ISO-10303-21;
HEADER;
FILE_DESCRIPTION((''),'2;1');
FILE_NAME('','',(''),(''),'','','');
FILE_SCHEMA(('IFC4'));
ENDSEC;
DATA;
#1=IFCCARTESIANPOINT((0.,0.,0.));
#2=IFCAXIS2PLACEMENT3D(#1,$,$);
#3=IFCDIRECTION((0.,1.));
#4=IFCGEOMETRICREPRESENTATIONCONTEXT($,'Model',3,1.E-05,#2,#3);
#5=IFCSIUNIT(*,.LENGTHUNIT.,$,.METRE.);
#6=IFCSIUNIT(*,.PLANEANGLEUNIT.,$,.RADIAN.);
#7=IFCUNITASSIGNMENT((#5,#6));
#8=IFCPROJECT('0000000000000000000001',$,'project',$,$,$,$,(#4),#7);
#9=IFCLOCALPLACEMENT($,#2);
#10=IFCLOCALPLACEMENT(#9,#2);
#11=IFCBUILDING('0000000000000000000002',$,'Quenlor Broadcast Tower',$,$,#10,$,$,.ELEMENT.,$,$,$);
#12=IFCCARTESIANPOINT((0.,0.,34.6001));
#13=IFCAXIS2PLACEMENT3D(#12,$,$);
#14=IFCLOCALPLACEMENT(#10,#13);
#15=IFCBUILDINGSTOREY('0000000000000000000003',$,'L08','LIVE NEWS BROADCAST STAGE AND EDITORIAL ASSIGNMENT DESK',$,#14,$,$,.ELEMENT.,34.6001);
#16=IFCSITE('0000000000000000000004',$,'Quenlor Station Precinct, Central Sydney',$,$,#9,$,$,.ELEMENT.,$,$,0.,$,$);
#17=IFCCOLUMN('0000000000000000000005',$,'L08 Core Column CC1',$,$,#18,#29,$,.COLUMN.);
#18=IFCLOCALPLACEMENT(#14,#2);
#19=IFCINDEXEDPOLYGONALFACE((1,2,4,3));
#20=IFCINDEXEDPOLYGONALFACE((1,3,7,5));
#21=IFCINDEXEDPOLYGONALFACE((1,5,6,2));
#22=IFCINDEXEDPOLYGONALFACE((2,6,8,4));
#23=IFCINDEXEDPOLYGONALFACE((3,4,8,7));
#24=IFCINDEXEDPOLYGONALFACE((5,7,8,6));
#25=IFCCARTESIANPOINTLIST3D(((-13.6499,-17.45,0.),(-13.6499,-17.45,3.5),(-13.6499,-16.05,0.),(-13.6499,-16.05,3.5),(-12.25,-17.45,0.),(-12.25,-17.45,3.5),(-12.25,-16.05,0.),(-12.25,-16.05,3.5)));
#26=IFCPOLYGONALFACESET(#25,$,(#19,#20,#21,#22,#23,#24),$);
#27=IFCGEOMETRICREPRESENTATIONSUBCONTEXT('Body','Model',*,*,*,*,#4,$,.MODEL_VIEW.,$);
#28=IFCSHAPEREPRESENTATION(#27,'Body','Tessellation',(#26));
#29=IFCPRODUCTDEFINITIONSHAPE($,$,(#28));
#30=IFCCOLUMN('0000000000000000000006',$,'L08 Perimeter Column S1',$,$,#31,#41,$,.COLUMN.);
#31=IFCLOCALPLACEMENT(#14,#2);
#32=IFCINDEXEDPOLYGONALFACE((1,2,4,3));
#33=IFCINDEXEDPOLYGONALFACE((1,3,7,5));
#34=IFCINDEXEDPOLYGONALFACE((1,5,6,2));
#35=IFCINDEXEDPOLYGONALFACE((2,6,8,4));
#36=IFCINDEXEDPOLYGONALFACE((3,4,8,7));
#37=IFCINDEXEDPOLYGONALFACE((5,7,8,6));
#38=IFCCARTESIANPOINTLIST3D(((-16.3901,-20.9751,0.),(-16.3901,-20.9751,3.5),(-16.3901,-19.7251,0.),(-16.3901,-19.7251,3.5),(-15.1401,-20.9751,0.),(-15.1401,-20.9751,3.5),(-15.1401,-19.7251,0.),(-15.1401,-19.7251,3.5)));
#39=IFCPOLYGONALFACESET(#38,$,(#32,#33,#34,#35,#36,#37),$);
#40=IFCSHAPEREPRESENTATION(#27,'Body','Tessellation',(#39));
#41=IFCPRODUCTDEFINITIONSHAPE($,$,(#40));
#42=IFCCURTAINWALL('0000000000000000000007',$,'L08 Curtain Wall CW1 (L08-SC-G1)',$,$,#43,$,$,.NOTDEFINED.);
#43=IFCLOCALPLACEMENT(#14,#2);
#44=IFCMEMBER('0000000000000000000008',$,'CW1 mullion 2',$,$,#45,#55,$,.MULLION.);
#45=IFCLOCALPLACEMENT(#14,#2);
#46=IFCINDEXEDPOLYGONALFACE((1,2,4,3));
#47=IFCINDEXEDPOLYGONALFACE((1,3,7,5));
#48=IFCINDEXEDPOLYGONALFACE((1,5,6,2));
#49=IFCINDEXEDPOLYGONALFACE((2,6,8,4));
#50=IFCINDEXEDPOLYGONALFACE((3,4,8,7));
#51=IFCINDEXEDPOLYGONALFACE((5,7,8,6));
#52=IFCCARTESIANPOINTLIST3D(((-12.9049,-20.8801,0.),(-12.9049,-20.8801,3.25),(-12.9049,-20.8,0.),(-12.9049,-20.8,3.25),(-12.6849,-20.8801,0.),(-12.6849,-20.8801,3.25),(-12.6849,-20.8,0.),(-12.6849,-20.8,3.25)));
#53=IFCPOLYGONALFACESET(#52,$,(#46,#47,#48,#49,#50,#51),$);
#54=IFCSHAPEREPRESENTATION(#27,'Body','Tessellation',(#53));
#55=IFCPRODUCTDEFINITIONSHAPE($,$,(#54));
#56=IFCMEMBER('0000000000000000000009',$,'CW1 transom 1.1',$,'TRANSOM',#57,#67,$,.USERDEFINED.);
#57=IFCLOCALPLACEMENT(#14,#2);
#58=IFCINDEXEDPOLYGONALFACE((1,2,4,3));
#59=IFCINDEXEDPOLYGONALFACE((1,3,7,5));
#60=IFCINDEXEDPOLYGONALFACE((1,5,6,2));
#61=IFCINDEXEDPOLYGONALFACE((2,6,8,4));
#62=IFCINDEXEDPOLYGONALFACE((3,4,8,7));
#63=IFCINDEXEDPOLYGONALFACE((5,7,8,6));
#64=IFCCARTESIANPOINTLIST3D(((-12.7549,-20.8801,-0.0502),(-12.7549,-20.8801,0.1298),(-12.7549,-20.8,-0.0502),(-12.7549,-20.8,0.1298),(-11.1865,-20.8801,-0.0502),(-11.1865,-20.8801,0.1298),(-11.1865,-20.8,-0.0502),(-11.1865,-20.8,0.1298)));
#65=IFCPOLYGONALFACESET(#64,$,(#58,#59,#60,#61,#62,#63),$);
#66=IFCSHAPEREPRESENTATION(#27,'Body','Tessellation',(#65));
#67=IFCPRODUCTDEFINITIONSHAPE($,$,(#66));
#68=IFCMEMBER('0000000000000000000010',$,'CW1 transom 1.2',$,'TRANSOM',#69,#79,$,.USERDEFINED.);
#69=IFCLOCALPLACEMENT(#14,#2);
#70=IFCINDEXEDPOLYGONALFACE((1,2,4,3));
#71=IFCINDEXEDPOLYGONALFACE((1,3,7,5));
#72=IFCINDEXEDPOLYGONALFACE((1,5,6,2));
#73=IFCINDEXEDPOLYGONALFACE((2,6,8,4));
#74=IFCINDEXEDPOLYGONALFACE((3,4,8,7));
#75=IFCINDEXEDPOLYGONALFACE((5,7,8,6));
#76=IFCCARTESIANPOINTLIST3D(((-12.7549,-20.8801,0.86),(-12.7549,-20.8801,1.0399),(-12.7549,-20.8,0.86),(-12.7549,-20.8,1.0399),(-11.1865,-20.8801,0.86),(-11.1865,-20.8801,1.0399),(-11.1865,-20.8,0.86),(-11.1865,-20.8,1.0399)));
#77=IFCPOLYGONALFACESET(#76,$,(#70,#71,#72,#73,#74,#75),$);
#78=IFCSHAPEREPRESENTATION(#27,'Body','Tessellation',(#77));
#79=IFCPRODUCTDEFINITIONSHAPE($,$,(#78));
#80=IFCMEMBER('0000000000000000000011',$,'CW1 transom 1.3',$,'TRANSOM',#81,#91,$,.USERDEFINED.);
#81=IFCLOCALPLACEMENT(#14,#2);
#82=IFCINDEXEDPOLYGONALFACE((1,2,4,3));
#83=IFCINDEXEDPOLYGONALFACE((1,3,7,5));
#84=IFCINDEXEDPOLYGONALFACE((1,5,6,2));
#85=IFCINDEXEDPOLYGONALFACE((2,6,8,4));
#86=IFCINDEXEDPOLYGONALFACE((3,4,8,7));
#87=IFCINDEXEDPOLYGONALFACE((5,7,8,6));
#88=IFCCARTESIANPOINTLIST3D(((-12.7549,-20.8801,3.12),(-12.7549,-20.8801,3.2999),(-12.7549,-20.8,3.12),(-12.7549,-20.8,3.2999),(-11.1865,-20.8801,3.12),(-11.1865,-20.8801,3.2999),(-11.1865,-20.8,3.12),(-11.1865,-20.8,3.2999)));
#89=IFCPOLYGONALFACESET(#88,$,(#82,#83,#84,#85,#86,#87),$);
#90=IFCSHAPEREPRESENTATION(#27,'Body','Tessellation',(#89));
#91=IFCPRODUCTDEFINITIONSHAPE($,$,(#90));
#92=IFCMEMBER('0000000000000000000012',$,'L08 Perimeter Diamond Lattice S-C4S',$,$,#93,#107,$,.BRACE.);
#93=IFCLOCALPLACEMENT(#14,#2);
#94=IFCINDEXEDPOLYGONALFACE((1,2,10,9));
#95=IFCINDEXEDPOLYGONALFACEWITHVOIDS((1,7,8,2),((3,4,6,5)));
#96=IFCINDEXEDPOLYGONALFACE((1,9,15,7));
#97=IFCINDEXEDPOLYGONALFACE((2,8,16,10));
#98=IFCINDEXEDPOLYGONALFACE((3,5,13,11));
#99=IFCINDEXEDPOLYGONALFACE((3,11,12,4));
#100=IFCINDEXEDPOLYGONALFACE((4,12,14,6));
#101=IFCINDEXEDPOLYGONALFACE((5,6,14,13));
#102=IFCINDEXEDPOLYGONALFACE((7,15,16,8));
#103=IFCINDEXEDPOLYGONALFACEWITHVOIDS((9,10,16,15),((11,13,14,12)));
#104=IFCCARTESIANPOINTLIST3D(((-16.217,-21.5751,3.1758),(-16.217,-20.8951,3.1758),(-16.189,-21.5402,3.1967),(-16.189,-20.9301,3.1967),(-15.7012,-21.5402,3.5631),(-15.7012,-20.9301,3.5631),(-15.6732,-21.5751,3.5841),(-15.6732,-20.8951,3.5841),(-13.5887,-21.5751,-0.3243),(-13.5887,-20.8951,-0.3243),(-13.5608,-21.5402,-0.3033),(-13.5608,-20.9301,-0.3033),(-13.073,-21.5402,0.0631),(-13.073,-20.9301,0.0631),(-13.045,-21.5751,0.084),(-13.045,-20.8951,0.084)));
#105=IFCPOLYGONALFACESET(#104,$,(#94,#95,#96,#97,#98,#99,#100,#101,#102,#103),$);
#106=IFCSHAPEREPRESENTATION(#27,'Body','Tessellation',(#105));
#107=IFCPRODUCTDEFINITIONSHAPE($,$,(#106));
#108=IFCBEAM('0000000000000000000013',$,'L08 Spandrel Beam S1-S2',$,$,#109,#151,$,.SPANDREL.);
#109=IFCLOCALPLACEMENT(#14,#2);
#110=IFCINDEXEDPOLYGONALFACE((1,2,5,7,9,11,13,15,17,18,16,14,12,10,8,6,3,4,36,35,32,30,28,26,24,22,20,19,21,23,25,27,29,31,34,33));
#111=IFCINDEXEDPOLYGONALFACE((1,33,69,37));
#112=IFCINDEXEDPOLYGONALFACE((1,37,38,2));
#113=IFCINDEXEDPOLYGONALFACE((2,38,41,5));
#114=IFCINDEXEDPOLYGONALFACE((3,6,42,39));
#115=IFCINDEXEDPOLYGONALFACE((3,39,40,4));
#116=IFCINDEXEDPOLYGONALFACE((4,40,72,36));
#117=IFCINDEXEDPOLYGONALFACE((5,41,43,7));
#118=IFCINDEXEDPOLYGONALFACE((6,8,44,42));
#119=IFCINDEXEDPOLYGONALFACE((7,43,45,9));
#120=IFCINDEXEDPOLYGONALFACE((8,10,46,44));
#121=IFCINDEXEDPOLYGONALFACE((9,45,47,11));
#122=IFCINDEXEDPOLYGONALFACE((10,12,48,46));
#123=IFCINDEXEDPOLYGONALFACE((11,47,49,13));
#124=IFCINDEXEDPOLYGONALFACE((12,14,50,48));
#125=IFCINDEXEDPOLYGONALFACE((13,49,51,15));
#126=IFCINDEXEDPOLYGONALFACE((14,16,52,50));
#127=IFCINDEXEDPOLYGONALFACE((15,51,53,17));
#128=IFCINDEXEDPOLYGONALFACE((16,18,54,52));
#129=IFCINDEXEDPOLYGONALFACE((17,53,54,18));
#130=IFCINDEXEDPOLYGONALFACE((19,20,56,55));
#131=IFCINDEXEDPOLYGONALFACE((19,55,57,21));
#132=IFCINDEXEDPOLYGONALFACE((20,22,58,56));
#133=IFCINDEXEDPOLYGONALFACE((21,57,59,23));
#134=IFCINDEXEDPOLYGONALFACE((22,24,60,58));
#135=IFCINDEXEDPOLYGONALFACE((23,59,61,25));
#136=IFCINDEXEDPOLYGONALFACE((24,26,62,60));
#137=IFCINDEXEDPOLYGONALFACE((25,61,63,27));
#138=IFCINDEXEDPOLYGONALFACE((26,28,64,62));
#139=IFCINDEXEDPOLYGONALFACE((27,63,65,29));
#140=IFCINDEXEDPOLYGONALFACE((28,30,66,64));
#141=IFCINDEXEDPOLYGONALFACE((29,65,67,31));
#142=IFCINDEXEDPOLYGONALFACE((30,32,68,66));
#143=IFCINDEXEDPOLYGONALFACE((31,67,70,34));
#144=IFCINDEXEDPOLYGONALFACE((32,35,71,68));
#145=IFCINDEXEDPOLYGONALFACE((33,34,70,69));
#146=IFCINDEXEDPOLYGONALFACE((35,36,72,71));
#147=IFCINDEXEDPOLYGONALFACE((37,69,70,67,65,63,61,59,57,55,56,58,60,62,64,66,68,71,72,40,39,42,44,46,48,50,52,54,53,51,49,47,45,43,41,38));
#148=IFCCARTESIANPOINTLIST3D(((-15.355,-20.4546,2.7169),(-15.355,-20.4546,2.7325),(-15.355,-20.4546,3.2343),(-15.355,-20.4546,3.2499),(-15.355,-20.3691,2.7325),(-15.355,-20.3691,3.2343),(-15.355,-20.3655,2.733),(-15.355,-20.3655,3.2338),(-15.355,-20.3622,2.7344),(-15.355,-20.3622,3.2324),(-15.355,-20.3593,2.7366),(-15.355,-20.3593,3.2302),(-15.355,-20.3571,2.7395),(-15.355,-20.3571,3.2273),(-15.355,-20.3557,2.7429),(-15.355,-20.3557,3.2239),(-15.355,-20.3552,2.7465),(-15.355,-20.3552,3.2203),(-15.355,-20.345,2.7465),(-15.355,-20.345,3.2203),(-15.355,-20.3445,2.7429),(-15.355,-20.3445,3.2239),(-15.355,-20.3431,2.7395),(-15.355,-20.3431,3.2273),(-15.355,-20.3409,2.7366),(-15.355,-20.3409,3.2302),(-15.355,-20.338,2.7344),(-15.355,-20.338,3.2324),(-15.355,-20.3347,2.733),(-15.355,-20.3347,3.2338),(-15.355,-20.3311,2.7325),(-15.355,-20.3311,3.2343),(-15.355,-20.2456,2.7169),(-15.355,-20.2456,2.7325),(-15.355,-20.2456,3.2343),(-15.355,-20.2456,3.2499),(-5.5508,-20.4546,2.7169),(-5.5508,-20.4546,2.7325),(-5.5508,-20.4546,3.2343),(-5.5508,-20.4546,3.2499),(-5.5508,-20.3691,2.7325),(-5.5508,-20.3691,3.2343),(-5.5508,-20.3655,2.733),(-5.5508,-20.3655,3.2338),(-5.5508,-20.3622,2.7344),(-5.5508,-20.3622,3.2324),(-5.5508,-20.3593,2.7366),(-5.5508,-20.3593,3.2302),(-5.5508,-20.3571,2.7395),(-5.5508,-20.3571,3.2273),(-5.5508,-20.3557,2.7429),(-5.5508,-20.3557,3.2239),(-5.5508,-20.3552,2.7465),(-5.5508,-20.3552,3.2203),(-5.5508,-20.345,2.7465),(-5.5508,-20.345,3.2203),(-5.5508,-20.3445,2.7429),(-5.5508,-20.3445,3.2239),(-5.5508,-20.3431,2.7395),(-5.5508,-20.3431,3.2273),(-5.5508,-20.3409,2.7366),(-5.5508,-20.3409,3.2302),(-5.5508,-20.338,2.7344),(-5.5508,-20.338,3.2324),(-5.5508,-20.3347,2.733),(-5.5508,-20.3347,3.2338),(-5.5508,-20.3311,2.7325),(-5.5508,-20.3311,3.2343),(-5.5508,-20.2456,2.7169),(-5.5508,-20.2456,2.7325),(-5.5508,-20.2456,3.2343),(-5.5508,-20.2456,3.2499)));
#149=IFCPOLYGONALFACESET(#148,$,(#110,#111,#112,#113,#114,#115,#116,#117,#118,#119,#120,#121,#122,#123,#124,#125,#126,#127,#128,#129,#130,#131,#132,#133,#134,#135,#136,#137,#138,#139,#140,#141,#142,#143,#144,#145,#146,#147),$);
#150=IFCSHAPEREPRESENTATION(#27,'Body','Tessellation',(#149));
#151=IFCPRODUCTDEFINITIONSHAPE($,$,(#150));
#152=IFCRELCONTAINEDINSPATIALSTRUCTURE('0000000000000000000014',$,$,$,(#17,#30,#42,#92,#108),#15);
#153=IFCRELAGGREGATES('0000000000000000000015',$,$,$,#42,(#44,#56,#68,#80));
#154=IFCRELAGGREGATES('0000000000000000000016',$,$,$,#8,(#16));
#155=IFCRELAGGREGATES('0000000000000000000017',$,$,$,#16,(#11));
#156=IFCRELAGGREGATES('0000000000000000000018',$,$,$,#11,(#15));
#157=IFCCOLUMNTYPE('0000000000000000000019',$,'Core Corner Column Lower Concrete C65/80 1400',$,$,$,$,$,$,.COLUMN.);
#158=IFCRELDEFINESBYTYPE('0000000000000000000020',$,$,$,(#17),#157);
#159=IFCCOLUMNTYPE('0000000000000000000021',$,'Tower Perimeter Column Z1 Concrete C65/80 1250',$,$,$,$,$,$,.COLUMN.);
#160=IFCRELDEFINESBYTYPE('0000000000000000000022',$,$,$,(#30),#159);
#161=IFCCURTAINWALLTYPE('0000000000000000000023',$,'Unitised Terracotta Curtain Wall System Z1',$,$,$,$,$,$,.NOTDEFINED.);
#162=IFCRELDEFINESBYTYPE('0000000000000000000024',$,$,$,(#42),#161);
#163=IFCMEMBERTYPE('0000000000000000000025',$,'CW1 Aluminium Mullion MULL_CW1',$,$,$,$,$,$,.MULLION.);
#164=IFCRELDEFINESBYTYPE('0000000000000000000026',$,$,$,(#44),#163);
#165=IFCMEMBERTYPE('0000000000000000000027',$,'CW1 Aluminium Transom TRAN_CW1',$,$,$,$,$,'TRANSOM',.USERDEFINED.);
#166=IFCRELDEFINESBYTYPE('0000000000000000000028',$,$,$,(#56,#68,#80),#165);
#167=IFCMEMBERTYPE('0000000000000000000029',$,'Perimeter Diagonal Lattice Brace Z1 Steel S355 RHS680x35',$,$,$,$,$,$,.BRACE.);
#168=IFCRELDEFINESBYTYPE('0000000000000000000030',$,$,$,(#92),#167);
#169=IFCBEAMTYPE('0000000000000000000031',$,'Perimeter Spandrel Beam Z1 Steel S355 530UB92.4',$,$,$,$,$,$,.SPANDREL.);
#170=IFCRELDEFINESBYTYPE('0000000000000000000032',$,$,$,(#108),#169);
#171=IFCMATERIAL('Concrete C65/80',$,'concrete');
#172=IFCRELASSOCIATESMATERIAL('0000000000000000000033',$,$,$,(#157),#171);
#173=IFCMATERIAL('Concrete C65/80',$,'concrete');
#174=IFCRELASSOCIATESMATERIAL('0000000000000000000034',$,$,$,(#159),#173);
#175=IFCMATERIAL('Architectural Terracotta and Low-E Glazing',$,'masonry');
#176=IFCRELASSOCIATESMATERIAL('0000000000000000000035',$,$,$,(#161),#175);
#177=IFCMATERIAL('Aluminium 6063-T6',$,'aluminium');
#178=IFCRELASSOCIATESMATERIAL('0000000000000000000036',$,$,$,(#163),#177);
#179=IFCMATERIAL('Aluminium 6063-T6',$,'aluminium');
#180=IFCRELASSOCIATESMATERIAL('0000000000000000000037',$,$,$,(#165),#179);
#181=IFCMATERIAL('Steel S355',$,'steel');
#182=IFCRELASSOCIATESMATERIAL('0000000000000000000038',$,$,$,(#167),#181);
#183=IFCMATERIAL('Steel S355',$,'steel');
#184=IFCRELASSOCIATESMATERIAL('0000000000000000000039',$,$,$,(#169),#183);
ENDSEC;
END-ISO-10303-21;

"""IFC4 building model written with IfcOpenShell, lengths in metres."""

from ifc_helpers import new_model, si_unit, direction, frame, origin, origin_2d, place, context, subcontext, project, spatial, rectangle, hollow_rectangle, i_section, extrude, material, material_profile, profile_set, type_object, element, aggregate, save


model = new_model("IFC4")

# Units and contexts
model_context = context("Model", 3, precision=1e-05, world=origin(), true_north=direction((0.0, 1.0)))
body_context = subcontext(model_context, "Body", "Model", "MODEL_VIEW")
ifc_project = project(units=[si_unit("LENGTHUNIT", "METRE"), si_unit("PLANEANGLEUNIT", "RADIAN")], contexts=[model_context])

# Site, building, storey
site_placement = place(None, origin())
site = spatial("IfcSite", under=ifc_project, at=site_placement, Name="Quenlor Station Precinct, Central Sydney", CompositionType="ELEMENT", RefElevation=0.0)
building_placement = place(site_placement, origin())
building = spatial("IfcBuilding", under=site, at=building_placement, Name="Quenlor Broadcast Tower", CompositionType="ELEMENT")
storey_placement = place(building_placement, frame((0.0, 0.0, 34.6001)))
storey = spatial("IfcBuildingStorey", under=building, at=storey_placement, Name="L08", Description="LIVE NEWS BROADCAST STAGE AND EDITORIAL ASSIGNMENT DESK", CompositionType="ELEMENT", Elevation=34.6001)

# Columns
ifc_material_1 = material(Name="Concrete C65/80", Category="concrete")
ifc_material_profile_1 = material_profile(ifc_material_1, rectangle(XDim=1.3999, YDim=1.3999, at=origin_2d()))
ifc_profile_set_1 = profile_set([ifc_material_profile_1], Name="Concrete C65/80 RC1400x1400")
column_type_1 = type_object("IfcColumnType", Name="Core Corner Column Lower Concrete C65/80 1400", PredefinedType="COLUMN", material=ifc_profile_set_1)
column_1_placement = place(storey_placement, frame((-12.95, -16.75, 0.0), z_axis=(0.0, 0.0, 1.0), x_axis=(1.0, 0.0, 0.0)))
element("IfcColumn", 1, at=column_1_placement, inside=storey, type_object=column_type_1, Name="L08 Core Column CC1", PredefinedType="COLUMN", context=body_context, shape_type="SweptSolid", body=[
    extrude(rectangle(XDim=1.3999, YDim=1.3999, at=origin_2d()), origin(), (0.0, 0.0, 1.0), 3.5),
])
ifc_material_2 = material(Name="Concrete C65/80", Category="concrete")
ifc_material_profile_2 = material_profile(ifc_material_2, rectangle(XDim=1.25, YDim=1.25, at=origin_2d()))
ifc_profile_set_2 = profile_set([ifc_material_profile_2], Name="Concrete C65/80 RC1250x1250")
column_type_2 = type_object("IfcColumnType", Name="Tower Perimeter Column Z1 Concrete C65/80 1250", PredefinedType="COLUMN", material=ifc_profile_set_2)
column_2_placement = place(storey_placement, frame((-15.7651, -20.3501, 0.0), z_axis=(0.0, 0.0, 1.0), x_axis=(0.0, 1.0, 0.0)))
element("IfcColumn", 2, at=column_2_placement, inside=storey, type_object=column_type_2, Name="L08 Perimeter Column S1", PredefinedType="COLUMN", context=body_context, shape_type="SweptSolid", body=[
    extrude(rectangle(XDim=1.25, YDim=1.25, at=origin_2d()), origin(), (0.0, 0.0, 1.0), 3.5),
])

# Curtain wall, members
ifc_material_3 = material(Name="Architectural Terracotta and Low-E Glazing", Category="masonry")
curtain_wall_type = type_object("IfcCurtainWallType", Name="Unitised Terracotta Curtain Wall System Z1", PredefinedType="NOTDEFINED", material=ifc_material_3)
curtain_wall_placement = place(storey_placement, origin())
curtain_wall = element("IfcCurtainWall", 3, at=curtain_wall_placement, inside=storey, type_object=curtain_wall_type, Name="L08 Curtain Wall CW1 (L08-SC-G1)", PredefinedType="NOTDEFINED")
ifc_material_4 = material(Name="Aluminium 6063-T6", Category="aluminium")
ifc_material_profile_3 = material_profile(ifc_material_4, rectangle(XDim=0.0801, YDim=0.22, at=origin_2d()))
ifc_profile_set_3 = profile_set([ifc_material_profile_3], Name="Aluminium 6063-T6 MULL80x220")
member_type_1 = type_object("IfcMemberType", Name="CW1 Aluminium Mullion MULL_CW1", PredefinedType="MULLION", material=ifc_profile_set_3)
member_1_placement = place(storey_placement, frame((-12.7949, -20.8401, 0.0), z_axis=(0.0, 0.0, 1.0), x_axis=(0.0, -1.0, 0.0)))
member_1 = element("IfcMember", 4, at=member_1_placement, type_object=member_type_1, Name="CW1 mullion 2", PredefinedType="MULLION", context=body_context, shape_type="SweptSolid", body=[
    extrude(rectangle(XDim=0.0801, YDim=0.22, at=origin_2d()), origin(), (0.0, 0.0, 1.0), 3.25),
])
ifc_material_5 = material(Name="Aluminium 6063-T6", Category="aluminium")
ifc_material_profile_4 = material_profile(ifc_material_5, rectangle(XDim=0.0801, YDim=0.1799, at=origin_2d()))
ifc_profile_set_4 = profile_set([ifc_material_profile_4], Name="Aluminium 6063-T6 TRAN80x180")
member_type_2 = type_object("IfcMemberType", Name="CW1 Aluminium Transom TRAN_CW1", ElementType="TRANSOM", PredefinedType="USERDEFINED", material=ifc_profile_set_4)
member_2_placement = place(storey_placement, frame((-11.1865, -20.8401, 0.0398), z_axis=(-1.0, 0.0, 0.0), x_axis=(0.0, -1.0, 0.0)))
member_2 = element("IfcMember", 5, at=member_2_placement, type_object=member_type_2, Name="CW1 transom 1.1", ObjectType="TRANSOM", PredefinedType="USERDEFINED", context=body_context, shape_type="SweptSolid", body=[
    extrude(rectangle(XDim=0.0801, YDim=0.1799, at=origin_2d()), origin(), (0.0, 0.0, 1.0), 1.5684),
])
member_3_placement = place(storey_placement, frame((-11.1865, -20.8401, 0.95), z_axis=(-1.0, 0.0, 0.0), x_axis=(0.0, -1.0, 0.0)))
member_3 = element("IfcMember", 6, at=member_3_placement, type_object=member_type_2, Name="CW1 transom 1.2", ObjectType="TRANSOM", PredefinedType="USERDEFINED", context=body_context, shape_type="SweptSolid", body=[
    extrude(rectangle(XDim=0.0801, YDim=0.1799, at=origin_2d()), origin(), (0.0, 0.0, 1.0), 1.5684),
])
member_4_placement = place(storey_placement, frame((-11.1865, -20.8401, 3.21), z_axis=(-1.0, 0.0, 0.0), x_axis=(0.0, -1.0, 0.0)))
member_4 = element("IfcMember", 7, at=member_4_placement, type_object=member_type_2, Name="CW1 transom 1.3", ObjectType="TRANSOM", PredefinedType="USERDEFINED", context=body_context, shape_type="SweptSolid", body=[
    extrude(rectangle(XDim=0.0801, YDim=0.1799, at=origin_2d()), origin(), (0.0, 0.0, 1.0), 1.5684),
])

# Member
ifc_material_6 = material(Name="Steel S355", Category="steel")
ifc_material_profile_5 = material_profile(ifc_material_6, hollow_rectangle(XDim=0.6799, YDim=0.6799, WallThickness=0.0349, at=origin_2d()))
ifc_profile_set_5 = profile_set([ifc_material_profile_5], Name="Steel S355 RHS680x680x35")
member_type_3 = type_object("IfcMemberType", Name="Perimeter Diagonal Lattice Brace Z1 Steel S355 RHS680x35", PredefinedType="BRACE", material=ifc_profile_set_5)
member_5_placement = place(storey_placement, frame((-13.3169, -21.2351, -0.1201), z_axis=(-0.600464, 0.0, 0.799652), x_axis=(0.0, -1.0, 0.0)))
element("IfcMember", 8, at=member_5_placement, inside=storey, type_object=member_type_3, Name="L08 Perimeter Diamond Lattice S-C4S", PredefinedType="BRACE", context=body_context, shape_type="SweptSolid", body=[
    extrude(hollow_rectangle(XDim=0.6799, YDim=0.6799, WallThickness=0.0349, at=origin_2d()), origin(), (0.0, 0.0, 1.0), 4.377),
])

# Beam
ifc_material_7 = material(Name="Steel S355", Category="steel")
ifc_material_profile_6 = material_profile(ifc_material_7, i_section(OverallWidth=0.209, OverallDepth=0.533, WebThickness=0.0103, FlangeThickness=0.0156, FilletRadius=0.0139, at=origin_2d()))
ifc_profile_set_6 = profile_set([ifc_material_profile_6], Name="Steel S355 530UB92.4")
beam_type_1 = type_object("IfcBeamType", Name="Perimeter Spandrel Beam Z1 Steel S355 530UB92.4", PredefinedType="SPANDREL", material=ifc_profile_set_6)
beam_1_placement = place(storey_placement, frame((-15.355, -20.3501, 2.9834), z_axis=(1.0, 0.0, 0.0), x_axis=(0.0, 1.0, 0.0)))
element("IfcBeam", 9, at=beam_1_placement, inside=storey, type_object=beam_type_1, Name="L08 Spandrel Beam S1-S2", PredefinedType="SPANDREL", context=body_context, shape_type="SweptSolid", body=[
    extrude(i_section(OverallWidth=0.209, OverallDepth=0.533, WebThickness=0.0103, FlangeThickness=0.0156, FilletRadius=0.0139, at=origin_2d()), origin(), (0.0, 0.0, 1.0), 9.8042),
])

aggregate(curtain_wall, [member_1, member_2, member_3, member_4])

save(model, "model.ifc")
